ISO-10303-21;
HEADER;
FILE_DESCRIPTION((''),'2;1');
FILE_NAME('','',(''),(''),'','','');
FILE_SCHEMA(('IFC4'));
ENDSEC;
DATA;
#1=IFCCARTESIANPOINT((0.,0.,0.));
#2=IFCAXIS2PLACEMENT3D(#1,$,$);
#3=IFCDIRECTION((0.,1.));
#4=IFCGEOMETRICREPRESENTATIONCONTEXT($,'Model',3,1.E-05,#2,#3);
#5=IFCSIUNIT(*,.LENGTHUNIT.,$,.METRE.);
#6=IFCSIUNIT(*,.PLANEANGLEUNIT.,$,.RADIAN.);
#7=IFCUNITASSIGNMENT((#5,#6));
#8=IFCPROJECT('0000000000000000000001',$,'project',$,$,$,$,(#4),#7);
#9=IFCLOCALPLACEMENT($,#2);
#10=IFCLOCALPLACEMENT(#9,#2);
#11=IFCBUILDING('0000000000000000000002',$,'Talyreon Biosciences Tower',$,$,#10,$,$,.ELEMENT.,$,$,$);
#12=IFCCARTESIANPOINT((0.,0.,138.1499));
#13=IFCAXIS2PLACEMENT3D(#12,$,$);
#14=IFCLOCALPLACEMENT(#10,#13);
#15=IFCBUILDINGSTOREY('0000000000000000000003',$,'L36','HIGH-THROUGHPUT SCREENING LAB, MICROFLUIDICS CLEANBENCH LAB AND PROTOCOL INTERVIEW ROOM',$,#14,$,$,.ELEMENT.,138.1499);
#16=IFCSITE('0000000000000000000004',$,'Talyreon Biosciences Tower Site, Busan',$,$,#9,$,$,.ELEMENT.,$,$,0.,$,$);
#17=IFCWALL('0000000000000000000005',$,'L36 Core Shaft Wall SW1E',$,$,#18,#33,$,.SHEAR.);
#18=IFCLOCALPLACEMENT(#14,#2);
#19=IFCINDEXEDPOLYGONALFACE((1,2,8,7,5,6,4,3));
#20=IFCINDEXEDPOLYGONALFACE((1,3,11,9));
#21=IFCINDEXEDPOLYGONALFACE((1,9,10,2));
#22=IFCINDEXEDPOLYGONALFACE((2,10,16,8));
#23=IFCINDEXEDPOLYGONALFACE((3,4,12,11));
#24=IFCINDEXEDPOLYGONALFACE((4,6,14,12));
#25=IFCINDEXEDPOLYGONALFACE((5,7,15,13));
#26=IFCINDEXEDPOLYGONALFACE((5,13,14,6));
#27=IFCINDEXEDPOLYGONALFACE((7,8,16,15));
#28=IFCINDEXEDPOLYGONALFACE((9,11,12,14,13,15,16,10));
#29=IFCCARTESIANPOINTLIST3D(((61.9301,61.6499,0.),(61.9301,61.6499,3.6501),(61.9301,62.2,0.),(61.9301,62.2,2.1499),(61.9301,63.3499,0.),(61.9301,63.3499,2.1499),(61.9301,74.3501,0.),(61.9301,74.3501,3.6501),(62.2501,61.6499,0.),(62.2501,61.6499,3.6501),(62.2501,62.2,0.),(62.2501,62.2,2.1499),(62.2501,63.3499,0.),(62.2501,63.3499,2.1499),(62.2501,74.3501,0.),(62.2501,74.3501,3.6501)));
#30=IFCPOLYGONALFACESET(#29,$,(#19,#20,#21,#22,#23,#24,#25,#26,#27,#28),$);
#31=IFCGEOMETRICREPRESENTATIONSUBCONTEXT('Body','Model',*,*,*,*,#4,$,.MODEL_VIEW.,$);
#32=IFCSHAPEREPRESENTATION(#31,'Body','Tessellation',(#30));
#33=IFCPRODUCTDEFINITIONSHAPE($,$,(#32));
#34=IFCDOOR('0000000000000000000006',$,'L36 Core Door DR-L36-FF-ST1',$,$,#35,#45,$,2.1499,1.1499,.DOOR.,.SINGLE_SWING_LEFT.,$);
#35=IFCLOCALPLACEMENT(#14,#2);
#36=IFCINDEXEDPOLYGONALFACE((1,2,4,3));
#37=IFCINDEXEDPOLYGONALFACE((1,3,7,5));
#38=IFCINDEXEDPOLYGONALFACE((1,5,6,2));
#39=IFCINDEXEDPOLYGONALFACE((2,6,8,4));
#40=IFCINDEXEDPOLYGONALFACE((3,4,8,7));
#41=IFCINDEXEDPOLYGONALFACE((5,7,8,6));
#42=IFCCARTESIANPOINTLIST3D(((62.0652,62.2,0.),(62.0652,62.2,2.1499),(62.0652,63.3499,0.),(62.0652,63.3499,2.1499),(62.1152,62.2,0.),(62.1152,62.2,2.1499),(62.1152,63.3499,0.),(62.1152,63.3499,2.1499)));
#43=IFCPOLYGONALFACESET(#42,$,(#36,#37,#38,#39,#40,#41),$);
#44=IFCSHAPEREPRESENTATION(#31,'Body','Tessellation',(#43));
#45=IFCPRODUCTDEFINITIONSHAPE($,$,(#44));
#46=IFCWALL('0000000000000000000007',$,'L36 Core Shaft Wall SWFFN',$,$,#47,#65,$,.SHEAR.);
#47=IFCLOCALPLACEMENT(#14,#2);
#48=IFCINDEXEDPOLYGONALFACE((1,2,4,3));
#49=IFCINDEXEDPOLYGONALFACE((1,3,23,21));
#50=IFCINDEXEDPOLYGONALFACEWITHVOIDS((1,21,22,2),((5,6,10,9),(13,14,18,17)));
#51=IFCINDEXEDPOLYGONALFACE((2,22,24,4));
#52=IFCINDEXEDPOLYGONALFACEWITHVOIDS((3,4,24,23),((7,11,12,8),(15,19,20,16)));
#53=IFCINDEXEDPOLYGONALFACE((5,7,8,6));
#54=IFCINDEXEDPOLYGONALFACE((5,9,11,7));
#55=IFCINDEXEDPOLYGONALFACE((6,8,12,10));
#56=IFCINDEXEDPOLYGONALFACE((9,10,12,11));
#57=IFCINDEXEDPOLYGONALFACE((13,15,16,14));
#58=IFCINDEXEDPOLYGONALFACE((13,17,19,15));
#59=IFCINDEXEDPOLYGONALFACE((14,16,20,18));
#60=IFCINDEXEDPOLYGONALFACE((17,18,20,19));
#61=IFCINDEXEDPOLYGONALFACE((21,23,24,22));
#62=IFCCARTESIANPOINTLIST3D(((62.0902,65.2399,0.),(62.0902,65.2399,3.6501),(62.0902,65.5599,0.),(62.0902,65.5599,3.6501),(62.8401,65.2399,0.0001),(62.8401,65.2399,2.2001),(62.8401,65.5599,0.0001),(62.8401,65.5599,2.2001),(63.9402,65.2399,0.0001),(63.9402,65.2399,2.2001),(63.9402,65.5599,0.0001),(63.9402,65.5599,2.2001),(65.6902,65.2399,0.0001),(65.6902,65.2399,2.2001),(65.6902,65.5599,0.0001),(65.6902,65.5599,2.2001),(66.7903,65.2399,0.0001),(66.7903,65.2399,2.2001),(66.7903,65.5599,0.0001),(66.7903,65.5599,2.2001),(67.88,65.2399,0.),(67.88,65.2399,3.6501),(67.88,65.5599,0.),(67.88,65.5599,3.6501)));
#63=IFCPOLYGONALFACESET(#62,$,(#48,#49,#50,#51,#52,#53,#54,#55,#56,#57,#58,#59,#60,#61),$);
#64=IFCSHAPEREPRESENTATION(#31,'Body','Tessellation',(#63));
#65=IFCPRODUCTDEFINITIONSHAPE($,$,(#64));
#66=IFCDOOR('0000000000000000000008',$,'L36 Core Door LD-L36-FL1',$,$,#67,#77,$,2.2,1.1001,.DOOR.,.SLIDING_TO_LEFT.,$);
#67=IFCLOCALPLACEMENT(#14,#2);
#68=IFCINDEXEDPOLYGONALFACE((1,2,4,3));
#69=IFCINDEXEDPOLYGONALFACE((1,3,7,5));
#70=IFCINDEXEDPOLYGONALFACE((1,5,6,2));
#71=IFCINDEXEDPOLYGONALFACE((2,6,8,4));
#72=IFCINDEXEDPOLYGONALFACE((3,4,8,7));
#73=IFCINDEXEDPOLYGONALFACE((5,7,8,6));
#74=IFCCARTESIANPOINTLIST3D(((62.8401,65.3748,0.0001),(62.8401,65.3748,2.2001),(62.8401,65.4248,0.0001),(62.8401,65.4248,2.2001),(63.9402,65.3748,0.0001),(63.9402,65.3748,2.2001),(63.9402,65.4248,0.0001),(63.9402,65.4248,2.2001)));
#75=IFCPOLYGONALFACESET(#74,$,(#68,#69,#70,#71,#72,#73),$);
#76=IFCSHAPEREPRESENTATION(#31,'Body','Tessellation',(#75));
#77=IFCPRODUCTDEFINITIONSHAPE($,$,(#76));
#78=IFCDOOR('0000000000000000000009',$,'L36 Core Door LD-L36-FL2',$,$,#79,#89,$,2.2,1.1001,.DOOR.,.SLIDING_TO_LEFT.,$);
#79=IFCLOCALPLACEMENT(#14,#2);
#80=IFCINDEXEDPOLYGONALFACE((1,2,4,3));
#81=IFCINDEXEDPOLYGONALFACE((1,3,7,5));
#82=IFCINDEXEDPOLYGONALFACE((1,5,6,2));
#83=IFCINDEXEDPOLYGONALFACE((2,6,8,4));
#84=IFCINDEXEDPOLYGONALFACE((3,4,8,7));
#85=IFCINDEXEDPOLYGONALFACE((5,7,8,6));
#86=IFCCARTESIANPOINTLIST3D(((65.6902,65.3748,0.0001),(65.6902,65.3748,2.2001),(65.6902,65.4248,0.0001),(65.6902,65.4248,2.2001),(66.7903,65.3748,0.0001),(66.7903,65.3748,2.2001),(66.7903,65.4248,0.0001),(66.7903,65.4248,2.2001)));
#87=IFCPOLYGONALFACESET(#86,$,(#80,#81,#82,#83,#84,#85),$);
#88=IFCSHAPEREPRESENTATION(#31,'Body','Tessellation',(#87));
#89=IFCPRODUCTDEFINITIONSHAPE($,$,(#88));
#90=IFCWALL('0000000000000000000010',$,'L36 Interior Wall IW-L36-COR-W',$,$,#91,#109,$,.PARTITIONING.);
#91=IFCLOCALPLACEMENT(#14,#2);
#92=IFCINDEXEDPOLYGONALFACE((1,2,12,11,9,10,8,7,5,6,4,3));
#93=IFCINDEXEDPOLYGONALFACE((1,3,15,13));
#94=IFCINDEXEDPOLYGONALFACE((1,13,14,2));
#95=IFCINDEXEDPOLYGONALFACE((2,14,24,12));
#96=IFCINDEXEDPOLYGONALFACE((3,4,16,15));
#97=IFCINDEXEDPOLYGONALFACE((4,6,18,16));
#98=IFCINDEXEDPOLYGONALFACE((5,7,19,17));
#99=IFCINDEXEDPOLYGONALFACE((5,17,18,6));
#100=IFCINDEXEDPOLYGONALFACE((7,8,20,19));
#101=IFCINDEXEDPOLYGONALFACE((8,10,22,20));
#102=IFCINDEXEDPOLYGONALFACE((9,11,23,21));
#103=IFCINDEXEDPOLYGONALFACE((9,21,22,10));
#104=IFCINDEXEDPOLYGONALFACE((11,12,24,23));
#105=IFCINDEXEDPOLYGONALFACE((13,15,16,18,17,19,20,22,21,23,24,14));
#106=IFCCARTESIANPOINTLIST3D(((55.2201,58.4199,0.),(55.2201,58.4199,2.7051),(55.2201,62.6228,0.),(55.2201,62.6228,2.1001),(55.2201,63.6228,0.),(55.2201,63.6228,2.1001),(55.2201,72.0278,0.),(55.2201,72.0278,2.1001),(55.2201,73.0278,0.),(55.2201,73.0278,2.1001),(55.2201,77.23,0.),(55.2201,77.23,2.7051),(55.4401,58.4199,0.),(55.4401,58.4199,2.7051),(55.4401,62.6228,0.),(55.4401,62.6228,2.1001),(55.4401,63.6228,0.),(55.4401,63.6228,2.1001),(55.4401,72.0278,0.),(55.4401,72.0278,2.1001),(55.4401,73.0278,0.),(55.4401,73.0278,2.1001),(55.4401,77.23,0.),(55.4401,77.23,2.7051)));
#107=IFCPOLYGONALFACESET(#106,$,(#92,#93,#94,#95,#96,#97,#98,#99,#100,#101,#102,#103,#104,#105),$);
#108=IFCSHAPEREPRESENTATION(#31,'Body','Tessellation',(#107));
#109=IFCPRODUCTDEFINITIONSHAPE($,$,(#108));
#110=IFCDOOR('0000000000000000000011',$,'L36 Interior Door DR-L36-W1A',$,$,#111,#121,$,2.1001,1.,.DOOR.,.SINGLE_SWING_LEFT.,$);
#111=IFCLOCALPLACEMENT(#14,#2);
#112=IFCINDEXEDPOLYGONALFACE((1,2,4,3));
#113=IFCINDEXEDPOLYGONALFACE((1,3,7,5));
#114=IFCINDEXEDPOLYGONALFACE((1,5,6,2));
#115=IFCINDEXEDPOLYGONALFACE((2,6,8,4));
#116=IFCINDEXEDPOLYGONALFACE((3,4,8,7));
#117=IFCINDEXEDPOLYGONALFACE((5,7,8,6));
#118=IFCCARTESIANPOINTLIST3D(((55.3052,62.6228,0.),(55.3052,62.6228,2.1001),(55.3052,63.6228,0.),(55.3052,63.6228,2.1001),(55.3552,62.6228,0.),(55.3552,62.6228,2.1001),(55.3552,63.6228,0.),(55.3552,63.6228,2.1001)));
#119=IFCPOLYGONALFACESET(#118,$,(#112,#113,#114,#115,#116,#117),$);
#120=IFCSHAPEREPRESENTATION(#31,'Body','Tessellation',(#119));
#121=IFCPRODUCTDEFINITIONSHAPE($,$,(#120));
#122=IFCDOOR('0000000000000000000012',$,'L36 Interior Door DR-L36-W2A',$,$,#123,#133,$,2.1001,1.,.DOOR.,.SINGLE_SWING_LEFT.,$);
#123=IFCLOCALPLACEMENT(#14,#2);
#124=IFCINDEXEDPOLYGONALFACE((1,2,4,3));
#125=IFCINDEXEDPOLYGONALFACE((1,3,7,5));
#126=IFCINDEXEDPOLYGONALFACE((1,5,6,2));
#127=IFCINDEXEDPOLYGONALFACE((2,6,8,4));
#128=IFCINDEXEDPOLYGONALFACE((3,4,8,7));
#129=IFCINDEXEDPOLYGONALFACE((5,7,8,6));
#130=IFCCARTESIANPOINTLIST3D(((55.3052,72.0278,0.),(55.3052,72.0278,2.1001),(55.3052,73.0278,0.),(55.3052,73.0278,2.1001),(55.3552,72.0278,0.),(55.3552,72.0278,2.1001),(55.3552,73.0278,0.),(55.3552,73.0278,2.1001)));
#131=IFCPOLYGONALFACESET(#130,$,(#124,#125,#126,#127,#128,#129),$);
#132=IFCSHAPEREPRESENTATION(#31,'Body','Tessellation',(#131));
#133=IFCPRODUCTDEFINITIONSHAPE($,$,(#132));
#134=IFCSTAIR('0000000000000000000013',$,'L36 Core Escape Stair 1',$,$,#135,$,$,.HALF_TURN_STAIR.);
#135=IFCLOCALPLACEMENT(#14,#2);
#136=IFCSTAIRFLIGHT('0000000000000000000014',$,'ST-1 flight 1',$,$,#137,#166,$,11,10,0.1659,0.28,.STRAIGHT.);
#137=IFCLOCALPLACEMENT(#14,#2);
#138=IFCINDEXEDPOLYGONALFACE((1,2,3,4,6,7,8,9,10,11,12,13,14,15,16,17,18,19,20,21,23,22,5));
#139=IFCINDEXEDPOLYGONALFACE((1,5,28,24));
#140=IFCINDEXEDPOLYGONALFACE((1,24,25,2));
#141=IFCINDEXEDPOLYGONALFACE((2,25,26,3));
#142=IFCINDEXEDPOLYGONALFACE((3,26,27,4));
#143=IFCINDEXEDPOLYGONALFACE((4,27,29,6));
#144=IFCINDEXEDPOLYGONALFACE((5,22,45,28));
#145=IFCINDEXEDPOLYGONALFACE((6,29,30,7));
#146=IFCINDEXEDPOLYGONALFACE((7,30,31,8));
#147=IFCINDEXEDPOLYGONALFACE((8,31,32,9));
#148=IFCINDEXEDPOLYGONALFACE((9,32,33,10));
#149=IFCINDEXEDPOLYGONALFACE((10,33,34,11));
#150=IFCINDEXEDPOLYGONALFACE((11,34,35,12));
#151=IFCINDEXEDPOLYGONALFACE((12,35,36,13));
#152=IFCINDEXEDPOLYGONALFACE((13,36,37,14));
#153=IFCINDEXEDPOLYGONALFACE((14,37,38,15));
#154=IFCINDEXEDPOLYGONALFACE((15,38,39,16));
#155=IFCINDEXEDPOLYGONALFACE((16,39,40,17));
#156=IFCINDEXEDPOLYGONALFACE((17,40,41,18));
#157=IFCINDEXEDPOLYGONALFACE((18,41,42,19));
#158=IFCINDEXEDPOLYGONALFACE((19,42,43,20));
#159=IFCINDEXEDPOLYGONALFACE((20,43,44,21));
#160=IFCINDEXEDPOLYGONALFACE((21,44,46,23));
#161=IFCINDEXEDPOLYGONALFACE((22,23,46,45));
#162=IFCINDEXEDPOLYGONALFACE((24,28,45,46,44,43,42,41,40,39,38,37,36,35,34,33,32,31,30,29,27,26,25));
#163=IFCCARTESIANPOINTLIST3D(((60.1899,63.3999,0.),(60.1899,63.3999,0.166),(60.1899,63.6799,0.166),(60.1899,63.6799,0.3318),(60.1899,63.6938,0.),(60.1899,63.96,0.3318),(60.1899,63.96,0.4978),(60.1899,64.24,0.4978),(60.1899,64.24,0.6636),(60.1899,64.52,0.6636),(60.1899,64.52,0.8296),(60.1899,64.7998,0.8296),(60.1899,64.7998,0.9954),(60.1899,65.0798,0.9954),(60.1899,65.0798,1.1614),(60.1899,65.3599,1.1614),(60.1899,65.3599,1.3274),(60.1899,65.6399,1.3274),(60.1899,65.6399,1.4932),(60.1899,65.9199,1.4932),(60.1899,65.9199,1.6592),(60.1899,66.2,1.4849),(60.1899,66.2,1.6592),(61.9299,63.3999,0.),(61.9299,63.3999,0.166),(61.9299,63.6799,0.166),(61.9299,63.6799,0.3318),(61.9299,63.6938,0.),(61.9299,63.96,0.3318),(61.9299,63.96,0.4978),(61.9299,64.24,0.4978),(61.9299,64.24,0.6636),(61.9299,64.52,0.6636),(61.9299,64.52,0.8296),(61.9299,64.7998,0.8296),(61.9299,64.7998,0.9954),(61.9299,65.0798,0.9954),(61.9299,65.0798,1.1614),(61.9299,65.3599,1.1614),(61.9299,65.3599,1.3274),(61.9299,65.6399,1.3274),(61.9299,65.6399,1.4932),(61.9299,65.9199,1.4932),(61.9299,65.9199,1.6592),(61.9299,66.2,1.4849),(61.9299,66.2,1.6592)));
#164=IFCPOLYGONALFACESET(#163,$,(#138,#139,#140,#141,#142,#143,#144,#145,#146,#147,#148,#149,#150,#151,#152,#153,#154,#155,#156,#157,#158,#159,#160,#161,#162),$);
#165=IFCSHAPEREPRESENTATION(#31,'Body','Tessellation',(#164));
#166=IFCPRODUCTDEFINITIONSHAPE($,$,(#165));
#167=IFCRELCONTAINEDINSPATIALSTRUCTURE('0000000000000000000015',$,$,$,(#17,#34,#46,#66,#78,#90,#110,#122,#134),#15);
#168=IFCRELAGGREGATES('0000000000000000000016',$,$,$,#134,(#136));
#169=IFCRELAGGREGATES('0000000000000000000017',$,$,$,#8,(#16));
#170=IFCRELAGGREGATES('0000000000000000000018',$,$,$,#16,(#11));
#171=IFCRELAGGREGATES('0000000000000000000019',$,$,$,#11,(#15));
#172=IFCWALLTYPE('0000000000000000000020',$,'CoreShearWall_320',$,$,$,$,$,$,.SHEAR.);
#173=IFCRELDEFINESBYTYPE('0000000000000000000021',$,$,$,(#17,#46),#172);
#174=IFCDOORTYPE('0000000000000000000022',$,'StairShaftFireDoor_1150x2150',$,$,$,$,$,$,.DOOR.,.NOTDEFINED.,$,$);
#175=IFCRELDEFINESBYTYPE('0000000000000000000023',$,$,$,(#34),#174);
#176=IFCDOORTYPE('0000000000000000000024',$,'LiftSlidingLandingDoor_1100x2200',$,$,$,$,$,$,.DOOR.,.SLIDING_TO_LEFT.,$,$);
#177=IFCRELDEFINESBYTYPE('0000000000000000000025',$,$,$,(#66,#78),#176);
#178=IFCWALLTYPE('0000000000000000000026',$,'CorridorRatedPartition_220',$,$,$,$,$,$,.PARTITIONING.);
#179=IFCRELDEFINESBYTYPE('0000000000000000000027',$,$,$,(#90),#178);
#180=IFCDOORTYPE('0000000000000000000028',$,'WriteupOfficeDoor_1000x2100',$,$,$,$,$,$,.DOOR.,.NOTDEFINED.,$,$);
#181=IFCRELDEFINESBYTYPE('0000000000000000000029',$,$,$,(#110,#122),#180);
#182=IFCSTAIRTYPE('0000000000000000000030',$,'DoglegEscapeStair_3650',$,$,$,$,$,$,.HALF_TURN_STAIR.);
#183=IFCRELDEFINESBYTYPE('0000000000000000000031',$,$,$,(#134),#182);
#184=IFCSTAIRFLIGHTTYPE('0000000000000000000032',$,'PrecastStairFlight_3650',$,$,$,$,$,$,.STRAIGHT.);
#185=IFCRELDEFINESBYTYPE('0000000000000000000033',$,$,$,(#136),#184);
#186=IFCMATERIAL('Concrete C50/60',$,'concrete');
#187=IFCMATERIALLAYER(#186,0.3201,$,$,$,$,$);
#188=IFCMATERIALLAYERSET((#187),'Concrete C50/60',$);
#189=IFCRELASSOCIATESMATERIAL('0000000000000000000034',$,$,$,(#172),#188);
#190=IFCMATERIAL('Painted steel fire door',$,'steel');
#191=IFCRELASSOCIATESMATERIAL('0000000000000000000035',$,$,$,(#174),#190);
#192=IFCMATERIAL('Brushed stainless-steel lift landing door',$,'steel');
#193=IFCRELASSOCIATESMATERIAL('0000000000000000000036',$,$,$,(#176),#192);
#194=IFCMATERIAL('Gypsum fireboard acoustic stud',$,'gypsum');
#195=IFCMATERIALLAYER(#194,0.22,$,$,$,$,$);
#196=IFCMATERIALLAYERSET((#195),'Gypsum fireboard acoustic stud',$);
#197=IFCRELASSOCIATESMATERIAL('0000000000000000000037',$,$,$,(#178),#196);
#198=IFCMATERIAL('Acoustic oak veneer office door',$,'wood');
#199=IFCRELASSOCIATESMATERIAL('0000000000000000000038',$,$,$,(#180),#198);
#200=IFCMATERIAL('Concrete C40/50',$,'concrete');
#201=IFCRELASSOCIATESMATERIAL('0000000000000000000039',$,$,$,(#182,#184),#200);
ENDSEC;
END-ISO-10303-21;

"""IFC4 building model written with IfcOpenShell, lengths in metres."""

from ifc_helpers import new_model, si_unit, direction, frame, frame_2d, origin, place, context, subcontext, project, spatial, polyline, rectangle, outline, extrude, material, layer, layer_set, type_object, element, fill, aggregate, save


model = new_model("IFC4")

# Units and contexts
model_context = context("Model", 3, precision=1e-05, world=origin(), true_north=direction((0.0, 1.0)))
body_context = subcontext(model_context, "Body", "Model", "MODEL_VIEW")
ifc_project = project(units=[si_unit("LENGTHUNIT", "METRE"), si_unit("PLANEANGLEUNIT", "RADIAN")], contexts=[model_context])

# Site, building, storey
site_placement = place(None, origin())
site = spatial("IfcSite", under=ifc_project, at=site_placement, Name="Talyreon Biosciences Tower Site, Busan", CompositionType="ELEMENT", RefElevation=0.0)
building_placement = place(site_placement, origin())
building = spatial("IfcBuilding", under=site, at=building_placement, Name="Talyreon Biosciences Tower", CompositionType="ELEMENT")
storey_placement = place(building_placement, frame((0.0, 0.0, 138.1499)))
storey = spatial("IfcBuildingStorey", under=building, at=storey_placement, Name="L36", Description="HIGH-THROUGHPUT SCREENING LAB, MICROFLUIDICS CLEANBENCH LAB AND PROTOCOL INTERVIEW ROOM", CompositionType="ELEMENT", Elevation=138.1499)

# Shared definitions
ifc_material_1 = material(Name="Concrete C50/60", Category="concrete")

# Wall, opening, door
ifc_layer_1 = layer(ifc_material_1, 0.3201)
ifc_layer_set_1 = layer_set([ifc_layer_1], Name="Concrete C50/60")
wall_type_1 = type_object("IfcWallType", Name="CoreShearWall_320", PredefinedType="SHEAR", material=ifc_layer_set_1)
wall_1_placement = place(storey_placement, frame((62.0901, 61.6499, 0.0), z_axis=(0.0, 0.0, 1.0), x_axis=(0.0, 1.0, 0.0)))
wall_1 = element("IfcWall", 1, at=wall_1_placement, inside=storey, type_object=wall_type_1, Name="L36 Core Shaft Wall SW1E", PredefinedType="SHEAR", context=body_context, shape_type="SweptSolid", body=[
    extrude(rectangle(XDim=12.7002, YDim=0.3201, at=frame_2d((6.3501, 0.0))), origin(), (0.0, 0.0, 1.0), 3.6501),
])
opening_1_placement = place(wall_1_placement, frame((0.55, 0.0, 0.0)))
opening_1 = element("IfcOpeningElement", 2, at=opening_1_placement, cuts=wall_1, PredefinedType="OPENING", context=body_context, shape_type="SweptSolid", body=[
    extrude(rectangle(XDim=1.1499, YDim=2.1499, at=frame_2d((0.575, 1.075))), frame((0.0, 0.1699, 0.0), z_axis=(0.0, -1.0, 0.0), x_axis=(1.0, 0.0, 0.0)), (0.0, 0.0, 1.0), 0.3401),
])
ifc_material_2 = material(Name="Painted steel fire door", Category="steel")
door_type_1 = type_object("IfcDoorType", Name="StairShaftFireDoor_1150x2150", OperationType="NOTDEFINED", PredefinedType="DOOR", material=ifc_material_2)
door_1_placement = place(opening_1_placement, origin())
door_1 = element("IfcDoor", 3, at=door_1_placement, inside=storey, type_object=door_type_1, Name="L36 Core Door DR-L36-FF-ST1", OperationType="SINGLE_SWING_LEFT", OverallHeight=2.1499, OverallWidth=1.1499, PredefinedType="DOOR", context=body_context, shape_type="SweptSolid", body=[
    extrude(rectangle(XDim=1.1499, YDim=2.1499, at=frame_2d((0.575, 1.075))), frame((0.0, 0.0249, 0.0), z_axis=(0.0, -1.0, 0.0), x_axis=(1.0, 0.0, 0.0)), (0.0, 0.0, 1.0), 0.05),
])
fill(opening_1, door_1)

# Walls, openings, doors
wall_2_placement = place(storey_placement, frame((62.0901, 65.3999, 0.0), z_axis=(0.0, 0.0, 1.0), x_axis=(1.0, 0.0, 0.0)))
wall_2 = element("IfcWall", 4, at=wall_2_placement, inside=storey, type_object=wall_type_1, Name="L36 Core Shaft Wall SWFFN", PredefinedType="SHEAR", context=body_context, shape_type="SweptSolid", body=[
    extrude(rectangle(XDim=5.7898, YDim=0.3201, at=frame_2d((2.895, 0.0))), origin(), (0.0, 0.0, 1.0), 3.6501),
])
opening_2_placement = place(wall_2_placement, frame((0.75, 0.0, 0.0)))
opening_2 = element("IfcOpeningElement", 5, at=opening_2_placement, cuts=wall_2, PredefinedType="OPENING", context=body_context, shape_type="SweptSolid", body=[
    extrude(rectangle(XDim=1.1001, YDim=2.2, at=frame_2d((0.55, 1.1001))), frame((0.0, 0.1699, 0.0), z_axis=(0.0, -1.0, 0.0), x_axis=(1.0, 0.0, 0.0)), (0.0, 0.0, 1.0), 0.3401),
])
opening_3_placement = place(wall_2_placement, frame((3.6001, 0.0, 0.0)))
opening_3 = element("IfcOpeningElement", 6, at=opening_3_placement, cuts=wall_2, PredefinedType="OPENING", context=body_context, shape_type="SweptSolid", body=[
    extrude(rectangle(XDim=1.1001, YDim=2.2, at=frame_2d((0.55, 1.1001))), frame((0.0, 0.1699, 0.0), z_axis=(0.0, -1.0, 0.0), x_axis=(1.0, 0.0, 0.0)), (0.0, 0.0, 1.0), 0.3401),
])
ifc_material_3 = material(Name="Brushed stainless-steel lift landing door", Category="steel")
door_type_2 = type_object("IfcDoorType", Name="LiftSlidingLandingDoor_1100x2200", OperationType="SLIDING_TO_LEFT", PredefinedType="DOOR", material=ifc_material_3)
door_2_placement = place(opening_2_placement, origin())
door_2 = element("IfcDoor", 7, at=door_2_placement, inside=storey, type_object=door_type_2, Name="L36 Core Door LD-L36-FL1", OperationType="SLIDING_TO_LEFT", OverallHeight=2.2, OverallWidth=1.1001, PredefinedType="DOOR", context=body_context, shape_type="SweptSolid", body=[
    extrude(rectangle(XDim=1.1001, YDim=2.2, at=frame_2d((0.55, 1.1001))), frame((0.0, 0.0249, 0.0), z_axis=(0.0, -1.0, 0.0), x_axis=(1.0, 0.0, 0.0)), (0.0, 0.0, 1.0), 0.05),
])
fill(opening_2, door_2)
door_3_placement = place(opening_3_placement, origin())
door_3 = element("IfcDoor", 8, at=door_3_placement, inside=storey, type_object=door_type_2, Name="L36 Core Door LD-L36-FL2", OperationType="SLIDING_TO_LEFT", OverallHeight=2.2, OverallWidth=1.1001, PredefinedType="DOOR", context=body_context, shape_type="SweptSolid", body=[
    extrude(rectangle(XDim=1.1001, YDim=2.2, at=frame_2d((0.55, 1.1001))), frame((0.0, 0.0249, 0.0), z_axis=(0.0, -1.0, 0.0), x_axis=(1.0, 0.0, 0.0)), (0.0, 0.0, 1.0), 0.05),
])
fill(opening_3, door_3)
ifc_material_4 = material(Name="Gypsum fireboard acoustic stud", Category="gypsum")
ifc_layer_2 = layer(ifc_material_4, 0.22)
ifc_layer_set_2 = layer_set([ifc_layer_2], Name="Gypsum fireboard acoustic stud")
wall_type_2 = type_object("IfcWallType", Name="CorridorRatedPartition_220", PredefinedType="PARTITIONING", material=ifc_layer_set_2)
wall_3_placement = place(storey_placement, frame((55.3301, 58.4199, 0.0), z_axis=(0.0, 0.0, 1.0), x_axis=(0.0, 1.0, 0.0)))
wall_3 = element("IfcWall", 9, at=wall_3_placement, inside=storey, type_object=wall_type_2, Name="L36 Interior Wall IW-L36-COR-W", PredefinedType="PARTITIONING", context=body_context, shape_type="SweptSolid", body=[
    extrude(rectangle(XDim=18.8101, YDim=0.22, at=frame_2d((9.405, 0.0))), origin(), (0.0, 0.0, 1.0), 2.7051),
])
opening_4_placement = place(wall_3_placement, frame((4.2029, 0.0, 0.0)))
opening_4 = element("IfcOpeningElement", 10, at=opening_4_placement, cuts=wall_3, PredefinedType="OPENING", context=body_context, shape_type="SweptSolid", body=[
    extrude(rectangle(XDim=1.0, YDim=2.1001, at=frame_2d((0.5, 1.05))), frame((0.0, 0.1199, 0.0), z_axis=(0.0, -1.0, 0.0), x_axis=(1.0, 0.0, 0.0)), (0.0, 0.0, 1.0), 0.24),
])
opening_5_placement = place(wall_3_placement, frame((13.6079, 0.0, 0.0)))
opening_5 = element("IfcOpeningElement", 11, at=opening_5_placement, cuts=wall_3, PredefinedType="OPENING", context=body_context, shape_type="SweptSolid", body=[
    extrude(rectangle(XDim=1.0, YDim=2.1001, at=frame_2d((0.5, 1.05))), frame((0.0, 0.1199, 0.0), z_axis=(0.0, -1.0, 0.0), x_axis=(1.0, 0.0, 0.0)), (0.0, 0.0, 1.0), 0.24),
])
ifc_material_5 = material(Name="Acoustic oak veneer office door", Category="wood")
door_type_3 = type_object("IfcDoorType", Name="WriteupOfficeDoor_1000x2100", OperationType="NOTDEFINED", PredefinedType="DOOR", material=ifc_material_5)
door_4_placement = place(opening_4_placement, origin())
door_4 = element("IfcDoor", 12, at=door_4_placement, inside=storey, type_object=door_type_3, Name="L36 Interior Door DR-L36-W1A", OperationType="SINGLE_SWING_LEFT", OverallHeight=2.1001, OverallWidth=1.0, PredefinedType="DOOR", context=body_context, shape_type="SweptSolid", body=[
    extrude(rectangle(XDim=1.0, YDim=2.1001, at=frame_2d((0.5, 1.05))), frame((0.0, 0.0249, 0.0), z_axis=(0.0, -1.0, 0.0), x_axis=(1.0, 0.0, 0.0)), (0.0, 0.0, 1.0), 0.05),
])
fill(opening_4, door_4)
door_5_placement = place(opening_5_placement, origin())
door_5 = element("IfcDoor", 13, at=door_5_placement, inside=storey, type_object=door_type_3, Name="L36 Interior Door DR-L36-W2A", OperationType="SINGLE_SWING_LEFT", OverallHeight=2.1001, OverallWidth=1.0, PredefinedType="DOOR", context=body_context, shape_type="SweptSolid", body=[
    extrude(rectangle(XDim=1.0, YDim=2.1001, at=frame_2d((0.5, 1.05))), frame((0.0, 0.0249, 0.0), z_axis=(0.0, -1.0, 0.0), x_axis=(1.0, 0.0, 0.0)), (0.0, 0.0, 1.0), 0.05),
])
fill(opening_5, door_5)

# Stair, stair flight
ifc_material_6 = material(Name="Concrete C40/50", Category="concrete")
stair_type = type_object("IfcStairType", Name="DoglegEscapeStair_3650", PredefinedType="HALF_TURN_STAIR", material=ifc_material_6)
stair_placement = place(storey_placement, origin())
stair = element("IfcStair", 14, at=stair_placement, inside=storey, type_object=stair_type, Name="L36 Core Escape Stair 1", PredefinedType="HALF_TURN_STAIR")
stair_flight_type = type_object("IfcStairFlightType", Name="PrecastStairFlight_3650", PredefinedType="STRAIGHT", material=ifc_material_6)
stair_flight_placement = place(storey_placement, frame((61.0601, 63.3999, 0.0), z_axis=(0.0, 0.0, 1.0), x_axis=(0.0, 1.0, 0.0)))
stair_flight = element("IfcStairFlight", 15, at=stair_flight_placement, type_object=stair_flight_type, Name="ST-1 flight 1", NumberOfRisers=11, NumberOfTreads=10, PredefinedType="STRAIGHT", RiserHeight=0.1659, TreadLength=0.28, context=body_context, shape_type="SweptSolid", body=[
    extrude(outline(polyline([(0.0, 0.0), (0.0, 0.166), (0.28, 0.166), (0.28, 0.3318), (0.5601, 0.3318), (0.5601, 0.4978), (0.8401, 0.4978), (0.8401, 0.6636), (1.1201, 0.6636), (1.1201, 0.8296), (1.3999, 0.8296), (1.3999, 0.9954), (1.6799, 0.9954), (1.6799, 1.1614), (1.96, 1.1614), (1.96, 1.3274), (2.24, 1.3274), (2.24, 1.4932), (2.52, 1.4932), (2.52, 1.6592), (2.8, 1.6592), (2.8, 1.825), (2.8, 1.4849), (0.2939, 0.0), (0.0, 0.0)])), frame((0.0, 0.8701, 0.0), z_axis=(0.0, -1.0, 0.0), x_axis=(1.0, 0.0, 0.0)), (0.0, 0.0, 1.0), 1.74),
])
aggregate(stair, [stair_flight])

save(model, "model.ifc")
